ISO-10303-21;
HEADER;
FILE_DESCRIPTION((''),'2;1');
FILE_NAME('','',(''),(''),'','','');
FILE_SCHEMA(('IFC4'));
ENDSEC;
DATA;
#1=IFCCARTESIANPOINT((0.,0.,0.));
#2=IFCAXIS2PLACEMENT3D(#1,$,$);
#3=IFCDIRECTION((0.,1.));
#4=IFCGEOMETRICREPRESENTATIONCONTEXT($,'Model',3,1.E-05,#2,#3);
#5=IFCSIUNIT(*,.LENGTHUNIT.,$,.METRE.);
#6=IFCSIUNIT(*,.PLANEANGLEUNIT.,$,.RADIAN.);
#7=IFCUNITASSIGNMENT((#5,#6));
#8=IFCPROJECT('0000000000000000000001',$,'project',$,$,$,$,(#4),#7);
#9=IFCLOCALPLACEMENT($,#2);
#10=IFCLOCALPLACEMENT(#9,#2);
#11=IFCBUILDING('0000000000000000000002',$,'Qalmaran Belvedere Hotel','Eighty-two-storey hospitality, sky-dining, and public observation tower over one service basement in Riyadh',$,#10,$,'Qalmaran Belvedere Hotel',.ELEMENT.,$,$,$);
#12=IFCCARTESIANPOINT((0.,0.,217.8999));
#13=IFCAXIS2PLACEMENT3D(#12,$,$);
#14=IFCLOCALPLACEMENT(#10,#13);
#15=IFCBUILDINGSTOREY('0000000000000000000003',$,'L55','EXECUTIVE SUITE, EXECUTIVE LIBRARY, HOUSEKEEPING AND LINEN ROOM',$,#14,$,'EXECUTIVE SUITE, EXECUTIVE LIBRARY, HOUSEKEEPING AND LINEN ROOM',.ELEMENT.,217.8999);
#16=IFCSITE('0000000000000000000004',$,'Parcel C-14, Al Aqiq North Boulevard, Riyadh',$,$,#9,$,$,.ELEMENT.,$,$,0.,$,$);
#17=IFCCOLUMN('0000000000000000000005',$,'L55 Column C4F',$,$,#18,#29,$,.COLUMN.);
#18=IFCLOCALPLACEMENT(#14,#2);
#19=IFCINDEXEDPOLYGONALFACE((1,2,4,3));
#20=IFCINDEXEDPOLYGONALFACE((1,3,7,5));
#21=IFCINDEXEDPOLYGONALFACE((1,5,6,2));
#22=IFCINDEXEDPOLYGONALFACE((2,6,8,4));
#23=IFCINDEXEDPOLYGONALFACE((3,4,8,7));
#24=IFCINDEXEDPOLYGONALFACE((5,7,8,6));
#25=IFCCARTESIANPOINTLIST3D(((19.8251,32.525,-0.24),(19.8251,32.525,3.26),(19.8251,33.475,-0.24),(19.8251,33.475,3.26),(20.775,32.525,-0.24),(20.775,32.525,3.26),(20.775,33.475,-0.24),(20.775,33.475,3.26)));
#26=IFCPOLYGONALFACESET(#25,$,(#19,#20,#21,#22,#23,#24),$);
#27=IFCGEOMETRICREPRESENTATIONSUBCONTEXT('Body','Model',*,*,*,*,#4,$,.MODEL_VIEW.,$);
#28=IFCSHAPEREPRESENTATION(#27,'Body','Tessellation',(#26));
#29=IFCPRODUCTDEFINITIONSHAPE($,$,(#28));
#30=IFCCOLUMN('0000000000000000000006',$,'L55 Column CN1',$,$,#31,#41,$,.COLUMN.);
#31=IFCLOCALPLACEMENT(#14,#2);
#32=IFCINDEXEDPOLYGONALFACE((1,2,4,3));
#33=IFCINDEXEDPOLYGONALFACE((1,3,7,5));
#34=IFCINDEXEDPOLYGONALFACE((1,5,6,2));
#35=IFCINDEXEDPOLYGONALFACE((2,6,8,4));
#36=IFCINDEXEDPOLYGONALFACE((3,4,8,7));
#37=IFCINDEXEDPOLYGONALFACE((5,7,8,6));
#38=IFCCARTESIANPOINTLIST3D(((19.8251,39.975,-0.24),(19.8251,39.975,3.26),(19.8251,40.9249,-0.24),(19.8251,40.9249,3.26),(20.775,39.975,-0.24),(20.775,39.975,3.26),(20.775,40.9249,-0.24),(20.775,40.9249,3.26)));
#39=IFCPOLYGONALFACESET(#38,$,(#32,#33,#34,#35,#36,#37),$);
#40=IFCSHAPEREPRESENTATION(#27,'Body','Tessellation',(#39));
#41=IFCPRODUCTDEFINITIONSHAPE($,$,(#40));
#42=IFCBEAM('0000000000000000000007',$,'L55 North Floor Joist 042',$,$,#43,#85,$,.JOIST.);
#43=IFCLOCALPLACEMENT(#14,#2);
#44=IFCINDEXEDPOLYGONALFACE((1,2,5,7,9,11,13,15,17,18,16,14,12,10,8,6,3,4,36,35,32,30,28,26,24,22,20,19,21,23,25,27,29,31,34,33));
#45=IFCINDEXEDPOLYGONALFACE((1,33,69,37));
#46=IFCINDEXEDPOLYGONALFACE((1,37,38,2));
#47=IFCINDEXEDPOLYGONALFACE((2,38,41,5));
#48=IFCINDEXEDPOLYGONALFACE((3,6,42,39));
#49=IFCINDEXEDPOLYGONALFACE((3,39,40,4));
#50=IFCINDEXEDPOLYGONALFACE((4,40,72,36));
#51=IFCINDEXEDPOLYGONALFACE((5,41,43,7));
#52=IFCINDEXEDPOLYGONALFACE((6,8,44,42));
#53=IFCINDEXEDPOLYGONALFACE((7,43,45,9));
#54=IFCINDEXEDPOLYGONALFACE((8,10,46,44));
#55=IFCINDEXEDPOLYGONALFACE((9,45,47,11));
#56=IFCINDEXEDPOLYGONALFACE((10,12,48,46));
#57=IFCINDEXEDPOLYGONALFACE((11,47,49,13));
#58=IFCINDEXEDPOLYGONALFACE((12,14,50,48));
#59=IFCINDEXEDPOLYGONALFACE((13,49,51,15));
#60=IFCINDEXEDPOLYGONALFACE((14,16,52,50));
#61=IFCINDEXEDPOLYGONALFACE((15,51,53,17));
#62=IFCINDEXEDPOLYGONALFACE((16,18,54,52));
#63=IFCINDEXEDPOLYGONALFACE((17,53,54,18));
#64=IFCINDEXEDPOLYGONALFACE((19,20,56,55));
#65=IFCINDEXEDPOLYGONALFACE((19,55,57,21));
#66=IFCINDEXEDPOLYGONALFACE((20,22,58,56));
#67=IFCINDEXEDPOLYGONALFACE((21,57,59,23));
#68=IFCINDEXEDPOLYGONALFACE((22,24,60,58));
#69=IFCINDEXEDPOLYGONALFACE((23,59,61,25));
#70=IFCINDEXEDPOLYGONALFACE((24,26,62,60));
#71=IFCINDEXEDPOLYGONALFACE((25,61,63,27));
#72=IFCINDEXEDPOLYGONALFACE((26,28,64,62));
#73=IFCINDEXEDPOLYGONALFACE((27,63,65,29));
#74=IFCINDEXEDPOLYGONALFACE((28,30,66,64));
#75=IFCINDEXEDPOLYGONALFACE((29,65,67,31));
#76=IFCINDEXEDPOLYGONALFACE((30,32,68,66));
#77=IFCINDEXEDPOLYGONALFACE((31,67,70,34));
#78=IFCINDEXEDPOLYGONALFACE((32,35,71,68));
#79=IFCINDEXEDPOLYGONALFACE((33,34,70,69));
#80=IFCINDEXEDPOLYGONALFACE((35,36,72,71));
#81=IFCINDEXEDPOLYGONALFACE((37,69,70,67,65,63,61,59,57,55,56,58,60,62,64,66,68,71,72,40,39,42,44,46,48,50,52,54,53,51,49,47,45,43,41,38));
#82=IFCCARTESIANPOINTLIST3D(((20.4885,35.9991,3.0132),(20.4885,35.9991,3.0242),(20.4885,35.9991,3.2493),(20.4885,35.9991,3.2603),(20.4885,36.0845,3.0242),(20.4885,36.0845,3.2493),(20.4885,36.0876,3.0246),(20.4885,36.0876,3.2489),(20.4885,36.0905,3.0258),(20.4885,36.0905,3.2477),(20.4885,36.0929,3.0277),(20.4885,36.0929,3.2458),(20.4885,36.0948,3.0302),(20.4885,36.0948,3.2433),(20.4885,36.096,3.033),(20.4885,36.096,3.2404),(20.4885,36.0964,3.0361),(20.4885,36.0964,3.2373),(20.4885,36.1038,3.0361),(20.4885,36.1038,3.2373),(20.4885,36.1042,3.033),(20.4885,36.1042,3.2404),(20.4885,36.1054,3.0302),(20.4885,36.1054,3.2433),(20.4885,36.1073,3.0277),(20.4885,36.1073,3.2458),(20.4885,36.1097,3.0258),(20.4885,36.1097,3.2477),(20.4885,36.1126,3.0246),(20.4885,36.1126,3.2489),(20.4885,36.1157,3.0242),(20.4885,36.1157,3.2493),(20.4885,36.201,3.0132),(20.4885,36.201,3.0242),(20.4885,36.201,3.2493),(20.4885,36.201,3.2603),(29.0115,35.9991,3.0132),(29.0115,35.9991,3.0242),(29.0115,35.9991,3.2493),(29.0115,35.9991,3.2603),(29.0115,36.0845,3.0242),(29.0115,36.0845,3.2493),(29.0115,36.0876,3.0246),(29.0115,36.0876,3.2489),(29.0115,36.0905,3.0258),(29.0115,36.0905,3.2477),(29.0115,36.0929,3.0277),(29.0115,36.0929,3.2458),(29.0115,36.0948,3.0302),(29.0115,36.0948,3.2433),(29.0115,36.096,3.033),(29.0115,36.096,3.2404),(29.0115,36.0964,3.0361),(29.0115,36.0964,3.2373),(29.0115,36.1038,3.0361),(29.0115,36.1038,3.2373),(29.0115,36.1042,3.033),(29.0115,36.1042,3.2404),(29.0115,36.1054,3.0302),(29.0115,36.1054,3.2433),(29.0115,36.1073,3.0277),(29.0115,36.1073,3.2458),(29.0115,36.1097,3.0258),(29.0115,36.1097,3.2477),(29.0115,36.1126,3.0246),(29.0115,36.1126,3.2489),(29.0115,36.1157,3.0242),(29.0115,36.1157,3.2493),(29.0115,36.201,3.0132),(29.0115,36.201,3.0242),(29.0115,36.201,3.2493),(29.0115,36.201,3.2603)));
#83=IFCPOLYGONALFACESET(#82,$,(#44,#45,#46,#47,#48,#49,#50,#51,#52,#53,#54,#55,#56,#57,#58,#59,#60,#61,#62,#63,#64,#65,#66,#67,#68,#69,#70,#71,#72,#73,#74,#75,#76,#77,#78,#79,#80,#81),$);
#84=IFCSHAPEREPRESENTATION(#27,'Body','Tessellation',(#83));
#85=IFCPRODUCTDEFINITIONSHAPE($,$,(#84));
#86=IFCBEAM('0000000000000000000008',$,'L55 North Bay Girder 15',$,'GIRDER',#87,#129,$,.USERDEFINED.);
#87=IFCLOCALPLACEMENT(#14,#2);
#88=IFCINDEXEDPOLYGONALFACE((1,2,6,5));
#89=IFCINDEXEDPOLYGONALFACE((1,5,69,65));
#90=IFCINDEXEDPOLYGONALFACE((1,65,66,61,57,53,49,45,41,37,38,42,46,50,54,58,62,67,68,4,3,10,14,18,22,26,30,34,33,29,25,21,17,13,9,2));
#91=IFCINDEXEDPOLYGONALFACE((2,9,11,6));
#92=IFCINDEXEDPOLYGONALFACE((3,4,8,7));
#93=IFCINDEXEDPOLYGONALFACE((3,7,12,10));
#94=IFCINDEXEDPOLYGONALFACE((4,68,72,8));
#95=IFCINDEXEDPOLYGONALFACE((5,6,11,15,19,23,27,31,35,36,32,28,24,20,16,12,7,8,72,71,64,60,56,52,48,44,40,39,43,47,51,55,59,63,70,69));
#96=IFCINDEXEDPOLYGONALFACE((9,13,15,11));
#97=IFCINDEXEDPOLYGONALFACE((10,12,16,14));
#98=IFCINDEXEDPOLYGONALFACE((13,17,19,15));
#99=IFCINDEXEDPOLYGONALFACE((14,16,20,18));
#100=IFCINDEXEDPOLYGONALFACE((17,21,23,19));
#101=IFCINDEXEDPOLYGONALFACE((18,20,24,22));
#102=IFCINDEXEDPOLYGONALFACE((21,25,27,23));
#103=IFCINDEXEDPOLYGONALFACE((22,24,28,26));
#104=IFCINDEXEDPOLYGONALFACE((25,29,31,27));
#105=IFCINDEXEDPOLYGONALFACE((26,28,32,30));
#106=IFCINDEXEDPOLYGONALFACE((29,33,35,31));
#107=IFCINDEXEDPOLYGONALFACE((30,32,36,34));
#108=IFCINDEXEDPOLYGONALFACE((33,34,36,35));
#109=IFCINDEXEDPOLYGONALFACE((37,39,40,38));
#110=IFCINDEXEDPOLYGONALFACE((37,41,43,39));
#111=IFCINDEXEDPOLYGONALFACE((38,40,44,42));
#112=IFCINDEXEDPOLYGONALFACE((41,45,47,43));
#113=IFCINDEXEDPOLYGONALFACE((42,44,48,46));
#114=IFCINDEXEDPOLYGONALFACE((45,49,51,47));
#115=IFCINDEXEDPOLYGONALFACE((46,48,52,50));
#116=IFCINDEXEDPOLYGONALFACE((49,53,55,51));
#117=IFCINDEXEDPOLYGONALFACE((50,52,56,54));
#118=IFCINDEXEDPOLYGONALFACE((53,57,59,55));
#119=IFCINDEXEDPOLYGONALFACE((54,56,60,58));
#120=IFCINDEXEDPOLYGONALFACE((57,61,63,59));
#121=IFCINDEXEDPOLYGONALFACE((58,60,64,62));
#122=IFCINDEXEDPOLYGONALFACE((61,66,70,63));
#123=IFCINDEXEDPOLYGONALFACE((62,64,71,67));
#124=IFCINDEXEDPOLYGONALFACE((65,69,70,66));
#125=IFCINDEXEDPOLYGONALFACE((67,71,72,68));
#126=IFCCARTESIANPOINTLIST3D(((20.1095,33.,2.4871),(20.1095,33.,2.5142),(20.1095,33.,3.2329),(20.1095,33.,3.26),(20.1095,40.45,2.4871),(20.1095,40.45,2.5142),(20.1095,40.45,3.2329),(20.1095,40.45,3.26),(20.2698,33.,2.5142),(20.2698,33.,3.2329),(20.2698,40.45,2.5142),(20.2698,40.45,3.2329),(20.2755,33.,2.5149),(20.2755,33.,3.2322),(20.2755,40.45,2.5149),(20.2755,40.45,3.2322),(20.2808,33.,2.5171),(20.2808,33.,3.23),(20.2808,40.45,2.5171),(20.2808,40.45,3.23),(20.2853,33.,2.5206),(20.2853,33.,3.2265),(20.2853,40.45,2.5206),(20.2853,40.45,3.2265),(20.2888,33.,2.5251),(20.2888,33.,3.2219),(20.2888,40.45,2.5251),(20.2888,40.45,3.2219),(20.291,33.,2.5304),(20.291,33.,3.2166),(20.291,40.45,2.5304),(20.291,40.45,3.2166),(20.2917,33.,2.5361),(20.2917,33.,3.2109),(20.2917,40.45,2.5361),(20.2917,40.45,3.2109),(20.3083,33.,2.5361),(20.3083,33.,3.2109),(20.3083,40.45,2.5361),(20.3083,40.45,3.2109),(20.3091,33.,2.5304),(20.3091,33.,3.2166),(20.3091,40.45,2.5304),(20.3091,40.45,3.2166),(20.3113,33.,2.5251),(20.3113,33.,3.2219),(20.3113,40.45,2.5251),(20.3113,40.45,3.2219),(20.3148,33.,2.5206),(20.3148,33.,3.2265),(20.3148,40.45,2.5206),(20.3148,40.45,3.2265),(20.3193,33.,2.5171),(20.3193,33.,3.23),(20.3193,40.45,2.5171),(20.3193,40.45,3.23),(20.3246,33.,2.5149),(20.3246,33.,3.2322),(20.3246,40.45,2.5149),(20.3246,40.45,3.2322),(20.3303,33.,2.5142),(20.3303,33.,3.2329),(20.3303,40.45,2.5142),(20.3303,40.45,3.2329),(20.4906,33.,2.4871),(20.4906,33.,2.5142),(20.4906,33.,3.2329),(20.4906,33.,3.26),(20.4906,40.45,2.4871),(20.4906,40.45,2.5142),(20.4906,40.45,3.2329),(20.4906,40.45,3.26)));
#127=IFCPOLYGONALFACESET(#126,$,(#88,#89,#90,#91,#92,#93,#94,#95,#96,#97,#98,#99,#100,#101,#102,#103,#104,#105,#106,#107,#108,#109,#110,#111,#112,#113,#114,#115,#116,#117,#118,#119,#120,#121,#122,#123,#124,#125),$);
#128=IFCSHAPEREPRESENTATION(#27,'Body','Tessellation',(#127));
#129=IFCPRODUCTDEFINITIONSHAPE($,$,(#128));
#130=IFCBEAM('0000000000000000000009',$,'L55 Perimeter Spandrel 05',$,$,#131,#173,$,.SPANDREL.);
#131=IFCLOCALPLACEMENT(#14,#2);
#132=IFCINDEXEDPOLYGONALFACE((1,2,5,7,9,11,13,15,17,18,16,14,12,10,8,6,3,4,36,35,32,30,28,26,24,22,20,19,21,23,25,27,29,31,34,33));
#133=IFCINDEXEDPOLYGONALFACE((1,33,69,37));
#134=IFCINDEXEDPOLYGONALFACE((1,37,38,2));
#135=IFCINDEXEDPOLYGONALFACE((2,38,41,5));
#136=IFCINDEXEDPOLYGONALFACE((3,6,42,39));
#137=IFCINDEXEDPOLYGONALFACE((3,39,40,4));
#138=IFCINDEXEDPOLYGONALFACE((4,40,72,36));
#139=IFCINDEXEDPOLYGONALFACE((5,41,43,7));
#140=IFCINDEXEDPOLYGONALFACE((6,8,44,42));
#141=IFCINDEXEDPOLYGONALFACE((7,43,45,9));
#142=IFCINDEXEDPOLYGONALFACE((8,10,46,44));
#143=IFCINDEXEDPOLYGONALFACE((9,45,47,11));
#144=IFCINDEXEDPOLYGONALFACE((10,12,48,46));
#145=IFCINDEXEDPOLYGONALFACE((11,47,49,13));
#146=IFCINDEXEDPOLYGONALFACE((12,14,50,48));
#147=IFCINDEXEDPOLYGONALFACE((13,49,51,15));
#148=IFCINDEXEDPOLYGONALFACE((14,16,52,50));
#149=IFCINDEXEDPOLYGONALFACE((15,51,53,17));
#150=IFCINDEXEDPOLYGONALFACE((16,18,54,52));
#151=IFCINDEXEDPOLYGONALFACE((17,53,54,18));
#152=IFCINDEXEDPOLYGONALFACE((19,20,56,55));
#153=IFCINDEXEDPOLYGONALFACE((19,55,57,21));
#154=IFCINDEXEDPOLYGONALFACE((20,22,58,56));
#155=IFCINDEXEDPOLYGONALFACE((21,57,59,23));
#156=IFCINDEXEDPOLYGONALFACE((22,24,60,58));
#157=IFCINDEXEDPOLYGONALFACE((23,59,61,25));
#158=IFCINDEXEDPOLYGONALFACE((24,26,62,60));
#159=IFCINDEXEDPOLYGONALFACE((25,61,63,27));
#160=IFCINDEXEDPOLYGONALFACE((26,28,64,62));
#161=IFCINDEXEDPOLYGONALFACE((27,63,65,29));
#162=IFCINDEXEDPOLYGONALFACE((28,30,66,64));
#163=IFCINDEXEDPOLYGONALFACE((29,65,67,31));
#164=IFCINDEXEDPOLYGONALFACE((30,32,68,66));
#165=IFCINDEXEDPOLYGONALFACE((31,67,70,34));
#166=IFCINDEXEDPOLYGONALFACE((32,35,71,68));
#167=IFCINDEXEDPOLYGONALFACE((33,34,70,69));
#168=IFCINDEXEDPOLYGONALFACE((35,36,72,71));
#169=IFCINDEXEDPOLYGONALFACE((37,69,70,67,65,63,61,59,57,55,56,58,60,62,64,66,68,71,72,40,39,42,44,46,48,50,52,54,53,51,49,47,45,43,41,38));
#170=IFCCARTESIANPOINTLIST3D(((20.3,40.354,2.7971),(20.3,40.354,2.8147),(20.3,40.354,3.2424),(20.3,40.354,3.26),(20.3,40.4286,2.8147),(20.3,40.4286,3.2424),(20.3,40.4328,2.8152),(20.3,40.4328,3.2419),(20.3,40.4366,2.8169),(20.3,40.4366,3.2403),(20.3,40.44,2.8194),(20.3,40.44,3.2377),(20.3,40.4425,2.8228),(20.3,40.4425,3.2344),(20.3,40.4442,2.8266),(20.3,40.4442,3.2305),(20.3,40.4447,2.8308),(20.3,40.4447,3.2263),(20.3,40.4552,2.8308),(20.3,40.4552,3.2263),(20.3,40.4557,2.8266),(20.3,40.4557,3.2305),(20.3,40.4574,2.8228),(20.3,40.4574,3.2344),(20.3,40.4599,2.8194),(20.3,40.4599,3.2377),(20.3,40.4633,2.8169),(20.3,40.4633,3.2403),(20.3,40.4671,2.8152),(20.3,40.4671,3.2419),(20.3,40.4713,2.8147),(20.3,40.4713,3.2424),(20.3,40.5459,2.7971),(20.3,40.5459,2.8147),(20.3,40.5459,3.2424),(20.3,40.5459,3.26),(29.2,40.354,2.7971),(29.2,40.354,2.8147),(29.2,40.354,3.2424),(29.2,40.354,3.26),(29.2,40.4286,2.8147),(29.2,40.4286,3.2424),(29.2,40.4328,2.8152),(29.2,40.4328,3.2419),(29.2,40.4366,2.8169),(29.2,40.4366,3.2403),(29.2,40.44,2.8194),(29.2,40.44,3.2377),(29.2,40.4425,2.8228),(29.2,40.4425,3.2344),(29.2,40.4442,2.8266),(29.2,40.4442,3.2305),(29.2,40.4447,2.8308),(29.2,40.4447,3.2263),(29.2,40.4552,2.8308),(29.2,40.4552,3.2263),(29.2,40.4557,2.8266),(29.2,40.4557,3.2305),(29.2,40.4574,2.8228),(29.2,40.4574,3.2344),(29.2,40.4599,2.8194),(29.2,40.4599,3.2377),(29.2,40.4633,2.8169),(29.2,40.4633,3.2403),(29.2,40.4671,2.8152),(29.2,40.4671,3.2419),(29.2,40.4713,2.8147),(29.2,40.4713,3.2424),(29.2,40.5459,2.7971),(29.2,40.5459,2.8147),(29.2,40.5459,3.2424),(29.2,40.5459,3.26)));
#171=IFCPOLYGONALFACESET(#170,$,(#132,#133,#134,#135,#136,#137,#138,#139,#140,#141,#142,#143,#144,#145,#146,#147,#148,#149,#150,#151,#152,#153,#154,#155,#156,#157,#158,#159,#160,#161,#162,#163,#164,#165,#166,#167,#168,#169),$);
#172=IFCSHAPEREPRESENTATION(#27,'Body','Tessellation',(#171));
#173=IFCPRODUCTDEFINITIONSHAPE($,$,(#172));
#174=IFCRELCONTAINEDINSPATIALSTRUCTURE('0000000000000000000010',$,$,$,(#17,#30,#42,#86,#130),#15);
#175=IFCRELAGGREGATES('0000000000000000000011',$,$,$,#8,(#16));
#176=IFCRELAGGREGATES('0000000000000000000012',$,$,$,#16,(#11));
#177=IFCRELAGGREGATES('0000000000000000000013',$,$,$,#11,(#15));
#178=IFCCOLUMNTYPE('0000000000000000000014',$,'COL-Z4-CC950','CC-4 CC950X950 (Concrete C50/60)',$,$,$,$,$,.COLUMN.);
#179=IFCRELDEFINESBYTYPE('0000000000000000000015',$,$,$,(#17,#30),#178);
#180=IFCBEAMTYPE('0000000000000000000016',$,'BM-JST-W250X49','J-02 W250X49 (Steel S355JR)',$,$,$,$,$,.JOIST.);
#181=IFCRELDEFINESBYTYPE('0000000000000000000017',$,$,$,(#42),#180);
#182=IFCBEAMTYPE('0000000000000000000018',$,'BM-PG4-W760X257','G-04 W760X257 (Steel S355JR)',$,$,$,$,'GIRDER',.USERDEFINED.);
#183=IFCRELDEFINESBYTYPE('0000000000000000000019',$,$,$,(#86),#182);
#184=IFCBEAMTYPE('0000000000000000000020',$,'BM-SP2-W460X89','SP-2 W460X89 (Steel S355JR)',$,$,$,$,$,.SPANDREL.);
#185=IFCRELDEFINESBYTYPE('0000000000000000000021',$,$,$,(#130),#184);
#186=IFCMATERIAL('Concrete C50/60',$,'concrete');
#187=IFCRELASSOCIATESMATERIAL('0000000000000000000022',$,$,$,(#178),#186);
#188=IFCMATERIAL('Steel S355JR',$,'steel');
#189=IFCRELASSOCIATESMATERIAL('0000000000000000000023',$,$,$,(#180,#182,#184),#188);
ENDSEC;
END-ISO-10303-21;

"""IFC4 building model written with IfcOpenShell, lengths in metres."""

from ifc_helpers import new_model, si_unit, direction, frame, origin, origin_2d, place, context, subcontext, project, spatial, rectangle, i_section, extrude, material, material_profile, profile_set, type_object, element, save


model = new_model("IFC4")

# Units and contexts
model_context = context("Model", 3, precision=1e-05, world=origin(), true_north=direction((0.0, 1.0)))
body_context = subcontext(model_context, "Body", "Model", "MODEL_VIEW")
ifc_project = project(units=[si_unit("LENGTHUNIT", "METRE"), si_unit("PLANEANGLEUNIT", "RADIAN")], contexts=[model_context])

# Site, building, storey
site_placement = place(None, origin())
site = spatial("IfcSite", under=ifc_project, at=site_placement, Name="Parcel C-14, Al Aqiq North Boulevard, Riyadh", CompositionType="ELEMENT", RefElevation=0.0)
building_placement = place(site_placement, origin())
building = spatial("IfcBuilding", under=site, at=building_placement, Name="Qalmaran Belvedere Hotel", Description="Eighty-two-storey hospitality, sky-dining, and public observation tower over one service basement in Riyadh", LongName="Qalmaran Belvedere Hotel", CompositionType="ELEMENT")
storey_placement = place(building_placement, frame((0.0, 0.0, 217.8999)))
storey = spatial("IfcBuildingStorey", under=building, at=storey_placement, Name="L55", Description="EXECUTIVE SUITE, EXECUTIVE LIBRARY, HOUSEKEEPING AND LINEN ROOM", LongName="EXECUTIVE SUITE, EXECUTIVE LIBRARY, HOUSEKEEPING AND LINEN ROOM", CompositionType="ELEMENT", Elevation=217.8999)

# Columns
ifc_material_1 = material(Name="Concrete C50/60", Category="concrete")
ifc_material_profile_1 = material_profile(ifc_material_1, rectangle(XDim=0.95, YDim=0.95, at=origin_2d()), Name="CC950X950")
ifc_profile_set_1 = profile_set([ifc_material_profile_1], Name="Concrete C50/60")
column_type = type_object("IfcColumnType", Name="COL-Z4-CC950", Description="CC-4 CC950X950 (Concrete C50/60)", PredefinedType="COLUMN", material=ifc_profile_set_1)
for number, where, z_axis, x_axis, name in (
    (1, (20.3, 33.0, -0.24), (0.0, 0.0, 1.0), (1.0, 0.0, 0.0), "L55 Column C4F"),
    (2, (20.3, 40.45, -0.24), (0.0, 0.0, 1.0), (1.0, 0.0, 0.0), "L55 Column CN1"),
):
    element("IfcColumn", number, at=place(storey_placement, frame(where, z_axis=z_axis, x_axis=x_axis)), inside=storey, type_object=column_type, Name=name, PredefinedType="COLUMN", context=body_context, shape_type="SweptSolid", body=[
        extrude(rectangle(XDim=0.95, YDim=0.95, at=origin_2d()), origin(), (0.0, 0.0, 1.0), 3.5),
    ])

# Beams
ifc_material_2 = material(Name="Steel S355JR", Category="steel")
ifc_material_profile_2 = material_profile(ifc_material_2, i_section(OverallWidth=0.2019, OverallDepth=0.2471, WebThickness=0.0073, FlangeThickness=0.011, FilletRadius=0.012, at=origin_2d()), Name="W250X49")
ifc_profile_set_2 = profile_set([ifc_material_profile_2], Name="Steel S355JR")
beam_type_1 = type_object("IfcBeamType", Name="BM-JST-W250X49", Description="J-02 W250X49 (Steel S355JR)", PredefinedType="JOIST", material=ifc_profile_set_2)
beam_1_placement = place(storey_placement, frame((20.4885, 36.1001, 3.1367), z_axis=(1.0, 0.0, 0.0), x_axis=(0.0, 1.0, 0.0)))
element("IfcBeam", 3, at=beam_1_placement, inside=storey, type_object=beam_type_1, Name="L55 North Floor Joist 042", PredefinedType="JOIST", context=body_context, shape_type="SweptSolid", body=[
    extrude(i_section(OverallWidth=0.2019, OverallDepth=0.2471, WebThickness=0.0073, FlangeThickness=0.011, FilletRadius=0.012, at=origin_2d()), origin(), (0.0, 0.0, 1.0), 8.5229),
])
ifc_material_profile_3 = material_profile(ifc_material_2, i_section(OverallWidth=0.3811, OverallDepth=0.7729, WebThickness=0.0166, FlangeThickness=0.0271, FilletRadius=0.022, at=origin_2d()), Name="W760X257")
ifc_profile_set_3 = profile_set([ifc_material_profile_3], Name="Steel S355JR")
beam_type_2 = type_object("IfcBeamType", Name="BM-PG4-W760X257", Description="G-04 W760X257 (Steel S355JR)", ElementType="GIRDER", PredefinedType="USERDEFINED", material=ifc_profile_set_3)
beam_2_placement = place(storey_placement, frame((20.3, 33.0, 2.8735), z_axis=(0.0, 1.0, 0.0), x_axis=(-1.0, 0.0, 0.0)))
element("IfcBeam", 4, at=beam_2_placement, inside=storey, type_object=beam_type_2, Name="L55 North Bay Girder 15", ObjectType="GIRDER", PredefinedType="USERDEFINED", context=body_context, shape_type="SweptSolid", body=[
    extrude(i_section(OverallWidth=0.3811, OverallDepth=0.7729, WebThickness=0.0166, FlangeThickness=0.0271, FilletRadius=0.022, at=origin_2d()), origin(), (0.0, 0.0, 1.0), 7.45),
])
ifc_material_profile_4 = material_profile(ifc_material_2, i_section(OverallWidth=0.1919, OverallDepth=0.4629, WebThickness=0.0105, FlangeThickness=0.0176, FilletRadius=0.0161, at=origin_2d()), Name="W460X89")
ifc_profile_set_4 = profile_set([ifc_material_profile_4], Name="Steel S355JR")
beam_type_3 = type_object("IfcBeamType", Name="BM-SP2-W460X89", Description="SP-2 W460X89 (Steel S355JR)", PredefinedType="SPANDREL", material=ifc_profile_set_4)
beam_3_placement = place(storey_placement, frame((20.3, 40.45, 3.0286), z_axis=(1.0, 0.0, 0.0), x_axis=(0.0, 1.0, 0.0)))
element("IfcBeam", 5, at=beam_3_placement, inside=storey, type_object=beam_type_3, Name="L55 Perimeter Spandrel 05", PredefinedType="SPANDREL", context=body_context, shape_type="SweptSolid", body=[
    extrude(i_section(OverallWidth=0.1919, OverallDepth=0.4629, WebThickness=0.0105, FlangeThickness=0.0176, FilletRadius=0.0161, at=origin_2d()), origin(), (0.0, 0.0, 1.0), 8.8999),
])

save(model, "model.ifc")
